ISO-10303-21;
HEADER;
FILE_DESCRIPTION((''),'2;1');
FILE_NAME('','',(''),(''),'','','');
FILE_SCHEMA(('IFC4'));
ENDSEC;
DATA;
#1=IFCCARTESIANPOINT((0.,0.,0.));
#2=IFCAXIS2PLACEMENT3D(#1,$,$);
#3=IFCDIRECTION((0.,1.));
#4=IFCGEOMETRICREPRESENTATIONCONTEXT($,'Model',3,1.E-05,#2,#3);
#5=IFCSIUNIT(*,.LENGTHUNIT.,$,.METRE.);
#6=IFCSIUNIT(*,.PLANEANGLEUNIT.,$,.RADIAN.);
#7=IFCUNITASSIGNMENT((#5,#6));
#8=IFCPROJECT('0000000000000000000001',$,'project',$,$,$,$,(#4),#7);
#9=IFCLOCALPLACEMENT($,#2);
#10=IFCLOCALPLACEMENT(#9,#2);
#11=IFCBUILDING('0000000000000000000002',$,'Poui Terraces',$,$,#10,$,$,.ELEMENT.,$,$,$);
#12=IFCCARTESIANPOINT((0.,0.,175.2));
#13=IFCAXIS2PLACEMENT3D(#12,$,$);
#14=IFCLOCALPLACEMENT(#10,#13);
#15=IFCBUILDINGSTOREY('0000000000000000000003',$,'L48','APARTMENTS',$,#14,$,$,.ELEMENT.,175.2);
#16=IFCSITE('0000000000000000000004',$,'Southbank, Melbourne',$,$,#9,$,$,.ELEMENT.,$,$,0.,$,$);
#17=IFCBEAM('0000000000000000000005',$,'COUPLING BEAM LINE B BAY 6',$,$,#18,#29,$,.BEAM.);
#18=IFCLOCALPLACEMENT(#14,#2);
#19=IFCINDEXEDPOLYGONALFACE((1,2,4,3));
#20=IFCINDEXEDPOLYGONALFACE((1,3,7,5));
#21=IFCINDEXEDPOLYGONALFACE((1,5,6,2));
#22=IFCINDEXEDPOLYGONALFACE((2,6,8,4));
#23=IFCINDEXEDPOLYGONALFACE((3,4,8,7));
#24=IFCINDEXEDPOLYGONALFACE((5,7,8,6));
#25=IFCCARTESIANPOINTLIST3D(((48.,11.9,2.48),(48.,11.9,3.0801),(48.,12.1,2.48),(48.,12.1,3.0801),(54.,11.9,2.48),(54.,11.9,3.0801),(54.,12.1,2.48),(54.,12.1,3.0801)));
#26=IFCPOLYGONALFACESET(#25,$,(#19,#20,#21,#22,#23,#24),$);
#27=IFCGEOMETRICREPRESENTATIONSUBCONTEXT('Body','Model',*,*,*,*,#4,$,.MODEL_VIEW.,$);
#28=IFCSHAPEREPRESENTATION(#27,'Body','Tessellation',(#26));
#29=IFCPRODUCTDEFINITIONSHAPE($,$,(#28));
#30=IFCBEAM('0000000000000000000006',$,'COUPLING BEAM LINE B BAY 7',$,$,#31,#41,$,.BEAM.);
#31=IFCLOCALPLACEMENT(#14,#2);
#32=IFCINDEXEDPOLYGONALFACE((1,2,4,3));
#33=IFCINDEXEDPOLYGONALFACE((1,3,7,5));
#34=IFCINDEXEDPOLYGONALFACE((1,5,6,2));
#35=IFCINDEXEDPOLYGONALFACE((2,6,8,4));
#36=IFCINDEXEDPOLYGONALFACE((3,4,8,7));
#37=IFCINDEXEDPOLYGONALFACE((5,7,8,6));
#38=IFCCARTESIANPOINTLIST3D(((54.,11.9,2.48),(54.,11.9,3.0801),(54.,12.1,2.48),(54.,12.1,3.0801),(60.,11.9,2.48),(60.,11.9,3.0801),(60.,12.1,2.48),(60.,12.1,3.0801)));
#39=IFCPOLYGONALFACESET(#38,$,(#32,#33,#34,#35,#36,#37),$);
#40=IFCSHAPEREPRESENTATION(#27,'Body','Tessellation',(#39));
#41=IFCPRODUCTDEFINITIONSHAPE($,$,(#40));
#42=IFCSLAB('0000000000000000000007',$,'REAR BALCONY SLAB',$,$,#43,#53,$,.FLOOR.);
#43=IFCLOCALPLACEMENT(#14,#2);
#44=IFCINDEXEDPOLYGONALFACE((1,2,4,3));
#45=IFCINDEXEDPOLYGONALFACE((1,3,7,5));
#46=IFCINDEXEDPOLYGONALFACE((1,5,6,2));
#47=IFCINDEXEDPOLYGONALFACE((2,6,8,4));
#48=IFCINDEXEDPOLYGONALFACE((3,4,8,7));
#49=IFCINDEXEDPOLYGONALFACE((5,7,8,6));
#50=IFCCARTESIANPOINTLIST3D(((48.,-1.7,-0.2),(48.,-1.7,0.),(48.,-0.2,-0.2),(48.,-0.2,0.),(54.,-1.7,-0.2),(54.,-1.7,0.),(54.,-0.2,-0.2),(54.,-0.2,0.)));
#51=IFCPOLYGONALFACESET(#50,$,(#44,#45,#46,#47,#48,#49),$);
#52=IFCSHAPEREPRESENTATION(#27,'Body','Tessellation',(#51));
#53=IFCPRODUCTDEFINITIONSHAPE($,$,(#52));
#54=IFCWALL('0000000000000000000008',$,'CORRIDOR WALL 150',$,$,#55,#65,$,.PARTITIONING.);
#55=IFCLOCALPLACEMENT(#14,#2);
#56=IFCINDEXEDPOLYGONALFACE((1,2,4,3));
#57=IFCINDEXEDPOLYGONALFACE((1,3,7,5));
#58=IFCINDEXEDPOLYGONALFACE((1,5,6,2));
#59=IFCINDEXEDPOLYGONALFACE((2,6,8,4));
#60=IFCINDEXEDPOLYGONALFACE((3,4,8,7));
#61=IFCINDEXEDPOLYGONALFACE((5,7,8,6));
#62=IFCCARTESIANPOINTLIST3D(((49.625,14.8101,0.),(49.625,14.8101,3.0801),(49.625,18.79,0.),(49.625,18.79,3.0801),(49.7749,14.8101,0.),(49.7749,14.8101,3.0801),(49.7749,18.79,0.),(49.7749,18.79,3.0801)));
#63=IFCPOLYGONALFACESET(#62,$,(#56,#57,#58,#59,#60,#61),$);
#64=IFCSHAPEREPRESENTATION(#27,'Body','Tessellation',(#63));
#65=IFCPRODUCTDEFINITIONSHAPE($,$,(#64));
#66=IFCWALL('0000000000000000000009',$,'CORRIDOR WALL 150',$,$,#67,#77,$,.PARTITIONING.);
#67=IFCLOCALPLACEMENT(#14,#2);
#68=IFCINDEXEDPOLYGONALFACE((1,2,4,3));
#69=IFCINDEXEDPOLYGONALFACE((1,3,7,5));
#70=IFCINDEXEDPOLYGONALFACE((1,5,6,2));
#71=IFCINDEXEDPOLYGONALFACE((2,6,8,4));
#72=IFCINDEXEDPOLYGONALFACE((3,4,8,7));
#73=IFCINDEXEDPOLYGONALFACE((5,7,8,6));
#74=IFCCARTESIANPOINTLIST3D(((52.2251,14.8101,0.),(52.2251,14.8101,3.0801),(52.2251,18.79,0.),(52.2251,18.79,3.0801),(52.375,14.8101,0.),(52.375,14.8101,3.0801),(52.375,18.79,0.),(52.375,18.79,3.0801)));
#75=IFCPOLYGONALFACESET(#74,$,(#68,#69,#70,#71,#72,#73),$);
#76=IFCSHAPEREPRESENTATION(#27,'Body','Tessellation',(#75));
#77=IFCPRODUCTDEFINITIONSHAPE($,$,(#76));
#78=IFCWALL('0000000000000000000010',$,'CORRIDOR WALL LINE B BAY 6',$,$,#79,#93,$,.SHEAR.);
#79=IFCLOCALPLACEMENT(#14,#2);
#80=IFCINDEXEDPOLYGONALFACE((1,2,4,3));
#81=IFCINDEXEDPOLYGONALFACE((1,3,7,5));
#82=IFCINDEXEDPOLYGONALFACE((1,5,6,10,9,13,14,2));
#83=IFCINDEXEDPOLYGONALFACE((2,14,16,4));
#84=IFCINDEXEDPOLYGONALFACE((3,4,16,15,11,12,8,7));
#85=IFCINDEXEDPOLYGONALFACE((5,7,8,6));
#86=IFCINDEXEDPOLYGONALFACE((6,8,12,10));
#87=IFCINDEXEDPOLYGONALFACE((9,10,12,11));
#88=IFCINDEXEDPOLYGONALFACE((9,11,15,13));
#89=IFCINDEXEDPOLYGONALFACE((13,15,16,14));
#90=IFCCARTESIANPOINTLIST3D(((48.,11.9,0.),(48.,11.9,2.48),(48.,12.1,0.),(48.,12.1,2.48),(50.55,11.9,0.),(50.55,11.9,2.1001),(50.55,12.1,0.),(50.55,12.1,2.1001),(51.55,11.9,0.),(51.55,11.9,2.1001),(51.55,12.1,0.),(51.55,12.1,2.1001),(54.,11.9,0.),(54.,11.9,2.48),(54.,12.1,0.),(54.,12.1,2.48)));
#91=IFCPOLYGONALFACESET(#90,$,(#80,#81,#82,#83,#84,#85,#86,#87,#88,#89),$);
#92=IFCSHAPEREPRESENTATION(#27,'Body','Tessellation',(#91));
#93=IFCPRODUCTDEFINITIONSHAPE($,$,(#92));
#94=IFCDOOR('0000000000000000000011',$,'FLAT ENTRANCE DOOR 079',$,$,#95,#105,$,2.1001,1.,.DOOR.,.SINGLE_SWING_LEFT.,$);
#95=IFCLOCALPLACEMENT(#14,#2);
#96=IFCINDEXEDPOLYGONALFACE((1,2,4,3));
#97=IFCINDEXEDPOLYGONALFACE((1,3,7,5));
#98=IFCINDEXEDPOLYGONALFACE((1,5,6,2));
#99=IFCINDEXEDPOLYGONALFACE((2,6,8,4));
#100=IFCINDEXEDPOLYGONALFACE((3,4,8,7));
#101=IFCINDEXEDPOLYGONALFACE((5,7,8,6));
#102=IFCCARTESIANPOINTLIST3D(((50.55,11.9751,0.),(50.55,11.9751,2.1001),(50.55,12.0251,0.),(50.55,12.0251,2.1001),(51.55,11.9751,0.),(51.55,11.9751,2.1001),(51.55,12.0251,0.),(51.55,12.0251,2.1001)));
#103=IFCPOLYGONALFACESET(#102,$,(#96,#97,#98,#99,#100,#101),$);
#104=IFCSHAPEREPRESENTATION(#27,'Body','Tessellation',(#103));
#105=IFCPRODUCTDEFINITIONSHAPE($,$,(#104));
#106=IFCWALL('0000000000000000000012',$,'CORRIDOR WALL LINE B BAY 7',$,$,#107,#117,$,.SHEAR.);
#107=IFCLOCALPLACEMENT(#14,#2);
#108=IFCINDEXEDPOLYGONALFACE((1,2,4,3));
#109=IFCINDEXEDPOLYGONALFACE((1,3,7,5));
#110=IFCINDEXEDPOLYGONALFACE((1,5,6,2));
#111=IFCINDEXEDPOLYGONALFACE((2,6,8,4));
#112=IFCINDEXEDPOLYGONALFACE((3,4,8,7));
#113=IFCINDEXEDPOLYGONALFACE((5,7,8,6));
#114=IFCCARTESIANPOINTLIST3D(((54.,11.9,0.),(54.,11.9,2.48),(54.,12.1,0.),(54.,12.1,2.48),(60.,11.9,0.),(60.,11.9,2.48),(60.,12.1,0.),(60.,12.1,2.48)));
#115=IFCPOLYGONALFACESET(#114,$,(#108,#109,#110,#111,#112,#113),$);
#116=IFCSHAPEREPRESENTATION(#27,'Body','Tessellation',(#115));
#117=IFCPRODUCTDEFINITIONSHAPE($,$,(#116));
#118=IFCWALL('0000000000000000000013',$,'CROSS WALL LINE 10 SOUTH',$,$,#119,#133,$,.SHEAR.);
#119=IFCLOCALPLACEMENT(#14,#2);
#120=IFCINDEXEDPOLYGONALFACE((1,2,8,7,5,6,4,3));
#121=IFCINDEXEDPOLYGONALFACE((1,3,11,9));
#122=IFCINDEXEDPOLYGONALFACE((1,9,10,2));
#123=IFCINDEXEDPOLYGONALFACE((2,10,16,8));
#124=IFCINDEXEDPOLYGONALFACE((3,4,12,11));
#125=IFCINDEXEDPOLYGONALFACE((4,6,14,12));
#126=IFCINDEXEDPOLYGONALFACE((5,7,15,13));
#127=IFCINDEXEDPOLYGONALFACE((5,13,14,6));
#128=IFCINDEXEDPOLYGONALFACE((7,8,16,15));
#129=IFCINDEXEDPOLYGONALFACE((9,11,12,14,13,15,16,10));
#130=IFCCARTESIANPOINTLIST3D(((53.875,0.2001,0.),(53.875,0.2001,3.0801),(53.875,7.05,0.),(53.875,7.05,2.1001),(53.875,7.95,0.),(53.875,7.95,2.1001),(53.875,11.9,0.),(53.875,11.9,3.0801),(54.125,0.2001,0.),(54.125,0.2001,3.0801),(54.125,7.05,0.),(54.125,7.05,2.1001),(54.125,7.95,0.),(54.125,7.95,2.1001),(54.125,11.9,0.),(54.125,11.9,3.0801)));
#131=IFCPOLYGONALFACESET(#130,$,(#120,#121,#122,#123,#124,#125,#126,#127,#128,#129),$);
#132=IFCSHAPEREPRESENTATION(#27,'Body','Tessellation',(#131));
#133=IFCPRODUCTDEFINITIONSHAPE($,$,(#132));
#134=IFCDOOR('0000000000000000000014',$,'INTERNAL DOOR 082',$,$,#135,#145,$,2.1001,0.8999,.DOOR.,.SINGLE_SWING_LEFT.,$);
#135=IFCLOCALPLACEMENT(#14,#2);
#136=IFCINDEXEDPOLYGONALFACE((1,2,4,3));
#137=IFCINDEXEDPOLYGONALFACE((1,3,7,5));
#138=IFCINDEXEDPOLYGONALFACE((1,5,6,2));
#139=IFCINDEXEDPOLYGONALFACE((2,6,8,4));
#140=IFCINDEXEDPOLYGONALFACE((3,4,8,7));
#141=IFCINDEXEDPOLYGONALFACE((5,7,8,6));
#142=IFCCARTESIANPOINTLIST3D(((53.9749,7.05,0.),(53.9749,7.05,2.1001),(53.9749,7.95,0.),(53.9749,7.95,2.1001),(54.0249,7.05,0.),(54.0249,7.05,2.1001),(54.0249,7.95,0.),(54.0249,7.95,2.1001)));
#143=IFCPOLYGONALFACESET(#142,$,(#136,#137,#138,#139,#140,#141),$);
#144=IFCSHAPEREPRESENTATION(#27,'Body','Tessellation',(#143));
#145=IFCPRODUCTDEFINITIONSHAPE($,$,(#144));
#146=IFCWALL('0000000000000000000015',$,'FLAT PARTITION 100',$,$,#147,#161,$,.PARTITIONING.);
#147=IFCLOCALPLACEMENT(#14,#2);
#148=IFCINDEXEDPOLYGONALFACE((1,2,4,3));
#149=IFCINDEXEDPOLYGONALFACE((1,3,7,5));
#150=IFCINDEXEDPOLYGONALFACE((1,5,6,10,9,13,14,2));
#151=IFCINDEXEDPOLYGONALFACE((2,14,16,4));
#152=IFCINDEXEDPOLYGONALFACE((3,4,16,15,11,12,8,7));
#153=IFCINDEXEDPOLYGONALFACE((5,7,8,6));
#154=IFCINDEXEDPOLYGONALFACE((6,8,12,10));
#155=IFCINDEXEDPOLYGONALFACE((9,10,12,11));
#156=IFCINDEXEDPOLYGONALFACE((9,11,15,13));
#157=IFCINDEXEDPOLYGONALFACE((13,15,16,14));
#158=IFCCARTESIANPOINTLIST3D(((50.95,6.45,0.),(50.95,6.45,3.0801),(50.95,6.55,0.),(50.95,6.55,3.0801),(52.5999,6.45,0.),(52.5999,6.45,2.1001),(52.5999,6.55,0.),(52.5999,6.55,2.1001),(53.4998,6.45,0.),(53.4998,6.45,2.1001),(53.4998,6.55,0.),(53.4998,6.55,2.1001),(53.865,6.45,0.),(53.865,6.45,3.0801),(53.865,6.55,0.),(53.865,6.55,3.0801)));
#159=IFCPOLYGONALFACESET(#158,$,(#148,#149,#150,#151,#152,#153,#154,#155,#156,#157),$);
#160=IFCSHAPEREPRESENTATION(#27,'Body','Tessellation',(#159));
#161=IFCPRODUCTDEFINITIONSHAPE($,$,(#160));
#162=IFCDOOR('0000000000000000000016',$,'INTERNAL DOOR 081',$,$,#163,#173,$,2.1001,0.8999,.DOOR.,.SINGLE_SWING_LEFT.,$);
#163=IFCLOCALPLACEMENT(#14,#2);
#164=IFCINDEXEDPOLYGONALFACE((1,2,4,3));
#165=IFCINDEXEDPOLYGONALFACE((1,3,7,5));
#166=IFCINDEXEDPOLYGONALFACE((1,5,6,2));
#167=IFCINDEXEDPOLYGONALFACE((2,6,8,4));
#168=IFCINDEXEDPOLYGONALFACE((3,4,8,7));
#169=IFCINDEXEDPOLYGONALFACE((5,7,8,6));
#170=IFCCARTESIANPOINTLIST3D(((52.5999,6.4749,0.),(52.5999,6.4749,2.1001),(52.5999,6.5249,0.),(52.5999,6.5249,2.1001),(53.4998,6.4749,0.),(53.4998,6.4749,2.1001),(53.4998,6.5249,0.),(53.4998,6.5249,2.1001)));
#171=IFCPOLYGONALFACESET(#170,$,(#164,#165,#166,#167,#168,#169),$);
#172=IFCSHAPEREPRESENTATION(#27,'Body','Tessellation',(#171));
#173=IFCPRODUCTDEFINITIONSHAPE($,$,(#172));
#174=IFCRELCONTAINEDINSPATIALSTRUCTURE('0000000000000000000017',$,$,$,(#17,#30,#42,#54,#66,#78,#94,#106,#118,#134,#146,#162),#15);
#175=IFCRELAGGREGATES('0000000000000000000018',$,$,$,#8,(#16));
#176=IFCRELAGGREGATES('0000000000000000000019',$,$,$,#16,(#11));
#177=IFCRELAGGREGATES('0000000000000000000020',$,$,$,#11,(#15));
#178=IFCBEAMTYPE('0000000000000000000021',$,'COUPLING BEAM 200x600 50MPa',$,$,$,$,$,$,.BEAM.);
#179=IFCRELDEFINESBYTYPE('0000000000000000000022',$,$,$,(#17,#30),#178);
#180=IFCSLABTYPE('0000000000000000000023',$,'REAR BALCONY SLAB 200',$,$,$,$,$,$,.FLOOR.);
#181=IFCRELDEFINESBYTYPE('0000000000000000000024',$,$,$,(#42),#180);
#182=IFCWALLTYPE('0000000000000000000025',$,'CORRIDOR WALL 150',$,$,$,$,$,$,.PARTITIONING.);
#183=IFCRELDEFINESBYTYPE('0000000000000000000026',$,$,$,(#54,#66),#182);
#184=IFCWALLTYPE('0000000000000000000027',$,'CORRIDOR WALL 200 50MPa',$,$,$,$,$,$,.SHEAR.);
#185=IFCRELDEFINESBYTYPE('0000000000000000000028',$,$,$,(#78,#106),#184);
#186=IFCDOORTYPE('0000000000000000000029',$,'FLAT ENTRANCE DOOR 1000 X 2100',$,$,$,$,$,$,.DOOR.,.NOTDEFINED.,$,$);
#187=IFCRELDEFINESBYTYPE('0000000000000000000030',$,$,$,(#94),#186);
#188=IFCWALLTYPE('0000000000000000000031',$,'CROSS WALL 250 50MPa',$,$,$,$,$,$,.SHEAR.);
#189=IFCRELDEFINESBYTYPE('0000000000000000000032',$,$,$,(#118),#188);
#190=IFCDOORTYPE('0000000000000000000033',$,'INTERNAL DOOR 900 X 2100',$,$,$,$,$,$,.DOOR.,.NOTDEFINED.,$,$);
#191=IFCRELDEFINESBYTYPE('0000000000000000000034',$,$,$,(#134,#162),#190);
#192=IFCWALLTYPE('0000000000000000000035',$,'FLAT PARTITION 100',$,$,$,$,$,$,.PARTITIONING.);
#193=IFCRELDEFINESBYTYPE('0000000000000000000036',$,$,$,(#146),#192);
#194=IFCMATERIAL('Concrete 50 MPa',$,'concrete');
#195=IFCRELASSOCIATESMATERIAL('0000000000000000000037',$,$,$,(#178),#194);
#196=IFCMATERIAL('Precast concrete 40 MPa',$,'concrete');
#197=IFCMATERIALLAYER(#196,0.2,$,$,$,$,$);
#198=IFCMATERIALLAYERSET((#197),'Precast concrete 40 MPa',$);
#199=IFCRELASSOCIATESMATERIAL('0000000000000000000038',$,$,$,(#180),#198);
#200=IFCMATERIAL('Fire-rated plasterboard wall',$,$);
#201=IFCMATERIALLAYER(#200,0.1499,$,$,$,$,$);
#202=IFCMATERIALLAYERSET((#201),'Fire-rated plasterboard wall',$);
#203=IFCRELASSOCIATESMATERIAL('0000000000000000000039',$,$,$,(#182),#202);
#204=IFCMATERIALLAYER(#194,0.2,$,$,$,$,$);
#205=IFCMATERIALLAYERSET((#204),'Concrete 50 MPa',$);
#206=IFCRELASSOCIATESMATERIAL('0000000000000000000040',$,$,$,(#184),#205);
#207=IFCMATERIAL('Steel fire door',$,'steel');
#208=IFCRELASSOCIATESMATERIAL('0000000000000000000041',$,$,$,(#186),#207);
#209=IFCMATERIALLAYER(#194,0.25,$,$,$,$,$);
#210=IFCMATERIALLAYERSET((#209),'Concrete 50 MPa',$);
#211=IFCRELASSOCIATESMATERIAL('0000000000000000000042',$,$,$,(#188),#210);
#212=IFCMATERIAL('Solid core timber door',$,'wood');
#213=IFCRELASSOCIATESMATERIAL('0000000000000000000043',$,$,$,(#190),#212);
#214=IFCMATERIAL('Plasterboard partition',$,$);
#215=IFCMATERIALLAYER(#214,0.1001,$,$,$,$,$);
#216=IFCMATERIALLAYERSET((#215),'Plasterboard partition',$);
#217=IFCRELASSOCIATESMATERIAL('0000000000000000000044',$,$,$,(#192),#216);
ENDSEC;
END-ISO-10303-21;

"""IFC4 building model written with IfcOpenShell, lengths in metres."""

from ifc_helpers import new_model, si_unit, direction, frame, frame_2d, origin, origin_2d, place, context, subcontext, project, spatial, polyline, rectangle, outline, extrude, source, transform, mapped, material, layer, layer_set, material_profile, profile_set, type_object, element, fill, save


model = new_model("IFC4")

# Units and contexts
model_context = context("Model", 3, precision=1e-05, world=origin(), true_north=direction((0.0, 1.0)))
body_context = subcontext(model_context, "Body", "Model", "MODEL_VIEW")
ifc_project = project(units=[si_unit("LENGTHUNIT", "METRE"), si_unit("PLANEANGLEUNIT", "RADIAN")], contexts=[model_context])

# Site, building, storey
site_placement = place(None, origin())
site = spatial("IfcSite", under=ifc_project, at=site_placement, Name="Southbank, Melbourne", CompositionType="ELEMENT", RefElevation=0.0)
building_placement = place(site_placement, origin())
building = spatial("IfcBuilding", under=site, at=building_placement, Name="Poui Terraces", CompositionType="ELEMENT")
storey_placement = place(building_placement, frame((0.0, 0.0, 175.2)))
storey = spatial("IfcBuildingStorey", under=building, at=storey_placement, Name="L48", Description="APARTMENTS", CompositionType="ELEMENT", Elevation=175.2)

# Beams
ifc_material_1 = material(Name="Concrete 50 MPa", Category="concrete")
ifc_material_profile_1 = material_profile(ifc_material_1, rectangle(XDim=0.2, YDim=0.6001, at=origin_2d()), Name="RC 200x600")
ifc_profile_set_1 = profile_set([ifc_material_profile_1], Name="Concrete 50 MPa")
beam_type = type_object("IfcBeamType", Name="COUPLING BEAM 200x600 50MPa", PredefinedType="BEAM", material=ifc_profile_set_1)
shared_shape_1 = source(origin(), body_context, "Body", "SweptSolid", [
    extrude(rectangle(XDim=0.2, YDim=0.6001, at=origin_2d()), origin(), (0.0, 0.0, 1.0), 6.0),
])
for number, where, z_axis, x_axis, name in (
    (1, (48.0, 12.0, 2.78), (1.0, 0.0, 0.0), (0.0, 1.0, 0.0), "COUPLING BEAM LINE B BAY 6"),
    (2, (54.0, 12.0, 2.78), (1.0, 0.0, 0.0), (0.0, 1.0, 0.0), "COUPLING BEAM LINE B BAY 7"),
):
    element("IfcBeam", number, at=place(storey_placement, frame(where, z_axis=z_axis, x_axis=x_axis)), inside=storey, type_object=beam_type, Name=name, PredefinedType="BEAM", context=body_context, shape_type="MappedRepresentation", body=[
        mapped(shared_shape_1, transform((0.0, 0.0, 0.0))),
    ])

# Slab
ifc_material_2 = material(Name="Precast concrete 40 MPa", Category="concrete")
ifc_layer_1 = layer(ifc_material_2, 0.2)
ifc_layer_set_1 = layer_set([ifc_layer_1], Name="Precast concrete 40 MPa")
slab_type = type_object("IfcSlabType", Name="REAR BALCONY SLAB 200", PredefinedType="FLOOR", material=ifc_layer_set_1)
shared_shape_2 = source(origin(), body_context, "Body", "SweptSolid", [
    extrude(outline(polyline([(0.0, 0.0), (6.0, 0.0), (6.0, 1.5), (0.0, 1.5), (0.0, 0.0)])), origin(), (0.0, 0.0, 1.0), 0.2),
])
slab_placement = place(storey_placement, frame((48.0, -1.7, -0.2)))
element("IfcSlab", 3, at=slab_placement, inside=storey, type_object=slab_type, Name="REAR BALCONY SLAB", PredefinedType="FLOOR", context=body_context, shape_type="MappedRepresentation", body=[
    mapped(shared_shape_2, transform((0.0, 0.0, 0.0))),
])

# Walls
ifc_material_3 = material(Name="Fire-rated plasterboard wall")
ifc_layer_2 = layer(ifc_material_3, 0.1499)
ifc_layer_set_2 = layer_set([ifc_layer_2], Name="Fire-rated plasterboard wall")
wall_type_1 = type_object("IfcWallType", Name="CORRIDOR WALL 150", PredefinedType="PARTITIONING", material=ifc_layer_set_2)
for number, where, z_axis, x_axis, name in (
    (4, (49.7, 14.8101, 0.0), (0.0, 0.0, 1.0), (0.0, 1.0, 0.0), "CORRIDOR WALL 150"),
    (5, (52.3, 14.8101, 0.0), (0.0, 0.0, 1.0), (0.0, 1.0, 0.0), "CORRIDOR WALL 150"),
):
    element("IfcWall", number, at=place(storey_placement, frame(where, z_axis=z_axis, x_axis=x_axis)), inside=storey, type_object=wall_type_1, Name=name, PredefinedType="PARTITIONING", context=body_context, shape_type="SweptSolid", body=[
        extrude(rectangle(XDim=3.98, YDim=0.1499, at=frame_2d((1.99, 0.0))), origin(), (0.0, 0.0, 1.0), 3.0801),
    ])

# Wall, opening, door
ifc_layer_3 = layer(ifc_material_1, 0.2)
ifc_layer_set_3 = layer_set([ifc_layer_3], Name="Concrete 50 MPa")
wall_type_2 = type_object("IfcWallType", Name="CORRIDOR WALL 200 50MPa", PredefinedType="SHEAR", material=ifc_layer_set_3)
wall_1_placement = place(storey_placement, frame((48.0, 12.0, 0.0), z_axis=(0.0, 0.0, 1.0), x_axis=(1.0, 0.0, 0.0)))
wall_1 = element("IfcWall", 6, at=wall_1_placement, inside=storey, type_object=wall_type_2, Name="CORRIDOR WALL LINE B BAY 6", PredefinedType="SHEAR", context=body_context, shape_type="SweptSolid", body=[
    extrude(rectangle(XDim=6.0, YDim=0.2, at=frame_2d((3.0, 0.0))), origin(), (0.0, 0.0, 1.0), 2.48),
])
opening_1_placement = place(wall_1_placement, frame((2.55, 0.0, 0.0)))
opening_1 = element("IfcOpeningElement", 7, at=opening_1_placement, cuts=wall_1, PredefinedType="OPENING", context=body_context, shape_type="SweptSolid", body=[
    extrude(rectangle(XDim=1.0, YDim=2.1001, at=frame_2d((0.5, 1.05))), frame((0.0, 0.1099, 0.0), z_axis=(0.0, -1.0, 0.0), x_axis=(1.0, 0.0, 0.0)), (0.0, 0.0, 1.0), 0.22),
])
ifc_material_4 = material(Name="Steel fire door", Category="steel")
door_type_1 = type_object("IfcDoorType", Name="FLAT ENTRANCE DOOR 1000 X 2100", OperationType="NOTDEFINED", PredefinedType="DOOR", material=ifc_material_4)
door_1_placement = place(opening_1_placement, frame((1.0, 0.0, 0.0), z_axis=(0.0, 0.0, 1.0), x_axis=(-1.0, 0.0, 0.0)))
door_1 = element("IfcDoor", 8, at=door_1_placement, inside=storey, type_object=door_type_1, Name="FLAT ENTRANCE DOOR 079", OperationType="SINGLE_SWING_LEFT", OverallHeight=2.1001, OverallWidth=1.0, PredefinedType="DOOR", context=body_context, shape_type="SweptSolid", body=[
    extrude(rectangle(XDim=1.0, YDim=2.1001, at=frame_2d((0.5, 1.05))), frame((0.0, 0.0249, 0.0), z_axis=(0.0, -1.0, 0.0), x_axis=(1.0, 0.0, 0.0)), (0.0, 0.0, 1.0), 0.05),
])
fill(opening_1, door_1)

# Wall
wall_2_placement = place(storey_placement, frame((54.0, 12.0, 0.0), z_axis=(0.0, 0.0, 1.0), x_axis=(1.0, 0.0, 0.0)))
element("IfcWall", 9, at=wall_2_placement, inside=storey, type_object=wall_type_2, Name="CORRIDOR WALL LINE B BAY 7", PredefinedType="SHEAR", context=body_context, shape_type="SweptSolid", body=[
    extrude(rectangle(XDim=6.0, YDim=0.2, at=frame_2d((3.0, 0.0))), origin(), (0.0, 0.0, 1.0), 2.48),
])

# Walls, openings, doors
ifc_layer_4 = layer(ifc_material_1, 0.25)
ifc_layer_set_4 = layer_set([ifc_layer_4], Name="Concrete 50 MPa")
wall_type_3 = type_object("IfcWallType", Name="CROSS WALL 250 50MPa", PredefinedType="SHEAR", material=ifc_layer_set_4)
wall_3_placement = place(storey_placement, frame((54.0, 0.2, 0.0), z_axis=(0.0, 0.0, 1.0), x_axis=(0.0, 1.0, 0.0)))
wall_3 = element("IfcWall", 10, at=wall_3_placement, inside=storey, type_object=wall_type_3, Name="CROSS WALL LINE 10 SOUTH", PredefinedType="SHEAR", context=body_context, shape_type="SweptSolid", body=[
    extrude(rectangle(XDim=11.7, YDim=0.25, at=frame_2d((5.8501, 0.0))), origin(), (0.0, 0.0, 1.0), 3.0801),
])
opening_2_placement = place(wall_3_placement, frame((6.8501, 0.0, 0.0)))
opening_2 = element("IfcOpeningElement", 11, at=opening_2_placement, cuts=wall_3, PredefinedType="OPENING", context=body_context, shape_type="SweptSolid", body=[
    extrude(rectangle(XDim=0.8999, YDim=2.1001, at=frame_2d((0.45, 1.05))), frame((0.0, 0.135, 0.0), z_axis=(0.0, -1.0, 0.0), x_axis=(1.0, 0.0, 0.0)), (0.0, 0.0, 1.0), 0.27),
])
ifc_material_5 = material(Name="Solid core timber door", Category="wood")
door_type_2 = type_object("IfcDoorType", Name="INTERNAL DOOR 900 X 2100", OperationType="NOTDEFINED", PredefinedType="DOOR", material=ifc_material_5)
door_2_placement = place(opening_2_placement, frame((0.8999, 0.0, 0.0), z_axis=(0.0, 0.0, 1.0), x_axis=(-1.0, 0.0, 0.0)))
door_2 = element("IfcDoor", 12, at=door_2_placement, inside=storey, type_object=door_type_2, Name="INTERNAL DOOR 082", OperationType="SINGLE_SWING_LEFT", OverallHeight=2.1001, OverallWidth=0.8999, PredefinedType="DOOR", context=body_context, shape_type="SweptSolid", body=[
    extrude(rectangle(XDim=0.8999, YDim=2.1001, at=frame_2d((0.45, 1.05))), frame((0.0, 0.0249, 0.0), z_axis=(0.0, -1.0, 0.0), x_axis=(1.0, 0.0, 0.0)), (0.0, 0.0, 1.0), 0.05),
])
fill(opening_2, door_2)
ifc_material_6 = material(Name="Plasterboard partition")
ifc_layer_5 = layer(ifc_material_6, 0.1001)
ifc_layer_set_5 = layer_set([ifc_layer_5], Name="Plasterboard partition")
wall_type_4 = type_object("IfcWallType", Name="FLAT PARTITION 100", PredefinedType="PARTITIONING", material=ifc_layer_set_5)
wall_4_placement = place(storey_placement, frame((50.95, 6.5, 0.0), z_axis=(0.0, 0.0, 1.0), x_axis=(1.0, 0.0, 0.0)))
wall_4 = element("IfcWall", 13, at=wall_4_placement, inside=storey, type_object=wall_type_4, Name="FLAT PARTITION 100", PredefinedType="PARTITIONING", context=body_context, shape_type="SweptSolid", body=[
    extrude(rectangle(XDim=2.915, YDim=0.1001, at=frame_2d((1.4575, 0.0))), origin(), (0.0, 0.0, 1.0), 3.0801),
])
opening_3_placement = place(wall_4_placement, frame((1.6499, 0.0, 0.0)))
opening_3 = element("IfcOpeningElement", 14, at=opening_3_placement, cuts=wall_4, PredefinedType="OPENING", context=body_context, shape_type="SweptSolid", body=[
    extrude(rectangle(XDim=0.8999, YDim=2.1001, at=frame_2d((0.45, 1.05))), frame((0.0, 0.0601, 0.0), z_axis=(0.0, -1.0, 0.0), x_axis=(1.0, 0.0, 0.0)), (0.0, 0.0, 1.0), 0.1201),
])
door_3_placement = place(opening_3_placement, origin())
door_3 = element("IfcDoor", 15, at=door_3_placement, inside=storey, type_object=door_type_2, Name="INTERNAL DOOR 081", OperationType="SINGLE_SWING_LEFT", OverallHeight=2.1001, OverallWidth=0.8999, PredefinedType="DOOR", context=body_context, shape_type="SweptSolid", body=[
    extrude(rectangle(XDim=0.8999, YDim=2.1001, at=frame_2d((0.45, 1.05))), frame((0.0, 0.0249, 0.0), z_axis=(0.0, -1.0, 0.0), x_axis=(1.0, 0.0, 0.0)), (0.0, 0.0, 1.0), 0.05),
])
fill(opening_3, door_3)

save(model, "model.ifc")
